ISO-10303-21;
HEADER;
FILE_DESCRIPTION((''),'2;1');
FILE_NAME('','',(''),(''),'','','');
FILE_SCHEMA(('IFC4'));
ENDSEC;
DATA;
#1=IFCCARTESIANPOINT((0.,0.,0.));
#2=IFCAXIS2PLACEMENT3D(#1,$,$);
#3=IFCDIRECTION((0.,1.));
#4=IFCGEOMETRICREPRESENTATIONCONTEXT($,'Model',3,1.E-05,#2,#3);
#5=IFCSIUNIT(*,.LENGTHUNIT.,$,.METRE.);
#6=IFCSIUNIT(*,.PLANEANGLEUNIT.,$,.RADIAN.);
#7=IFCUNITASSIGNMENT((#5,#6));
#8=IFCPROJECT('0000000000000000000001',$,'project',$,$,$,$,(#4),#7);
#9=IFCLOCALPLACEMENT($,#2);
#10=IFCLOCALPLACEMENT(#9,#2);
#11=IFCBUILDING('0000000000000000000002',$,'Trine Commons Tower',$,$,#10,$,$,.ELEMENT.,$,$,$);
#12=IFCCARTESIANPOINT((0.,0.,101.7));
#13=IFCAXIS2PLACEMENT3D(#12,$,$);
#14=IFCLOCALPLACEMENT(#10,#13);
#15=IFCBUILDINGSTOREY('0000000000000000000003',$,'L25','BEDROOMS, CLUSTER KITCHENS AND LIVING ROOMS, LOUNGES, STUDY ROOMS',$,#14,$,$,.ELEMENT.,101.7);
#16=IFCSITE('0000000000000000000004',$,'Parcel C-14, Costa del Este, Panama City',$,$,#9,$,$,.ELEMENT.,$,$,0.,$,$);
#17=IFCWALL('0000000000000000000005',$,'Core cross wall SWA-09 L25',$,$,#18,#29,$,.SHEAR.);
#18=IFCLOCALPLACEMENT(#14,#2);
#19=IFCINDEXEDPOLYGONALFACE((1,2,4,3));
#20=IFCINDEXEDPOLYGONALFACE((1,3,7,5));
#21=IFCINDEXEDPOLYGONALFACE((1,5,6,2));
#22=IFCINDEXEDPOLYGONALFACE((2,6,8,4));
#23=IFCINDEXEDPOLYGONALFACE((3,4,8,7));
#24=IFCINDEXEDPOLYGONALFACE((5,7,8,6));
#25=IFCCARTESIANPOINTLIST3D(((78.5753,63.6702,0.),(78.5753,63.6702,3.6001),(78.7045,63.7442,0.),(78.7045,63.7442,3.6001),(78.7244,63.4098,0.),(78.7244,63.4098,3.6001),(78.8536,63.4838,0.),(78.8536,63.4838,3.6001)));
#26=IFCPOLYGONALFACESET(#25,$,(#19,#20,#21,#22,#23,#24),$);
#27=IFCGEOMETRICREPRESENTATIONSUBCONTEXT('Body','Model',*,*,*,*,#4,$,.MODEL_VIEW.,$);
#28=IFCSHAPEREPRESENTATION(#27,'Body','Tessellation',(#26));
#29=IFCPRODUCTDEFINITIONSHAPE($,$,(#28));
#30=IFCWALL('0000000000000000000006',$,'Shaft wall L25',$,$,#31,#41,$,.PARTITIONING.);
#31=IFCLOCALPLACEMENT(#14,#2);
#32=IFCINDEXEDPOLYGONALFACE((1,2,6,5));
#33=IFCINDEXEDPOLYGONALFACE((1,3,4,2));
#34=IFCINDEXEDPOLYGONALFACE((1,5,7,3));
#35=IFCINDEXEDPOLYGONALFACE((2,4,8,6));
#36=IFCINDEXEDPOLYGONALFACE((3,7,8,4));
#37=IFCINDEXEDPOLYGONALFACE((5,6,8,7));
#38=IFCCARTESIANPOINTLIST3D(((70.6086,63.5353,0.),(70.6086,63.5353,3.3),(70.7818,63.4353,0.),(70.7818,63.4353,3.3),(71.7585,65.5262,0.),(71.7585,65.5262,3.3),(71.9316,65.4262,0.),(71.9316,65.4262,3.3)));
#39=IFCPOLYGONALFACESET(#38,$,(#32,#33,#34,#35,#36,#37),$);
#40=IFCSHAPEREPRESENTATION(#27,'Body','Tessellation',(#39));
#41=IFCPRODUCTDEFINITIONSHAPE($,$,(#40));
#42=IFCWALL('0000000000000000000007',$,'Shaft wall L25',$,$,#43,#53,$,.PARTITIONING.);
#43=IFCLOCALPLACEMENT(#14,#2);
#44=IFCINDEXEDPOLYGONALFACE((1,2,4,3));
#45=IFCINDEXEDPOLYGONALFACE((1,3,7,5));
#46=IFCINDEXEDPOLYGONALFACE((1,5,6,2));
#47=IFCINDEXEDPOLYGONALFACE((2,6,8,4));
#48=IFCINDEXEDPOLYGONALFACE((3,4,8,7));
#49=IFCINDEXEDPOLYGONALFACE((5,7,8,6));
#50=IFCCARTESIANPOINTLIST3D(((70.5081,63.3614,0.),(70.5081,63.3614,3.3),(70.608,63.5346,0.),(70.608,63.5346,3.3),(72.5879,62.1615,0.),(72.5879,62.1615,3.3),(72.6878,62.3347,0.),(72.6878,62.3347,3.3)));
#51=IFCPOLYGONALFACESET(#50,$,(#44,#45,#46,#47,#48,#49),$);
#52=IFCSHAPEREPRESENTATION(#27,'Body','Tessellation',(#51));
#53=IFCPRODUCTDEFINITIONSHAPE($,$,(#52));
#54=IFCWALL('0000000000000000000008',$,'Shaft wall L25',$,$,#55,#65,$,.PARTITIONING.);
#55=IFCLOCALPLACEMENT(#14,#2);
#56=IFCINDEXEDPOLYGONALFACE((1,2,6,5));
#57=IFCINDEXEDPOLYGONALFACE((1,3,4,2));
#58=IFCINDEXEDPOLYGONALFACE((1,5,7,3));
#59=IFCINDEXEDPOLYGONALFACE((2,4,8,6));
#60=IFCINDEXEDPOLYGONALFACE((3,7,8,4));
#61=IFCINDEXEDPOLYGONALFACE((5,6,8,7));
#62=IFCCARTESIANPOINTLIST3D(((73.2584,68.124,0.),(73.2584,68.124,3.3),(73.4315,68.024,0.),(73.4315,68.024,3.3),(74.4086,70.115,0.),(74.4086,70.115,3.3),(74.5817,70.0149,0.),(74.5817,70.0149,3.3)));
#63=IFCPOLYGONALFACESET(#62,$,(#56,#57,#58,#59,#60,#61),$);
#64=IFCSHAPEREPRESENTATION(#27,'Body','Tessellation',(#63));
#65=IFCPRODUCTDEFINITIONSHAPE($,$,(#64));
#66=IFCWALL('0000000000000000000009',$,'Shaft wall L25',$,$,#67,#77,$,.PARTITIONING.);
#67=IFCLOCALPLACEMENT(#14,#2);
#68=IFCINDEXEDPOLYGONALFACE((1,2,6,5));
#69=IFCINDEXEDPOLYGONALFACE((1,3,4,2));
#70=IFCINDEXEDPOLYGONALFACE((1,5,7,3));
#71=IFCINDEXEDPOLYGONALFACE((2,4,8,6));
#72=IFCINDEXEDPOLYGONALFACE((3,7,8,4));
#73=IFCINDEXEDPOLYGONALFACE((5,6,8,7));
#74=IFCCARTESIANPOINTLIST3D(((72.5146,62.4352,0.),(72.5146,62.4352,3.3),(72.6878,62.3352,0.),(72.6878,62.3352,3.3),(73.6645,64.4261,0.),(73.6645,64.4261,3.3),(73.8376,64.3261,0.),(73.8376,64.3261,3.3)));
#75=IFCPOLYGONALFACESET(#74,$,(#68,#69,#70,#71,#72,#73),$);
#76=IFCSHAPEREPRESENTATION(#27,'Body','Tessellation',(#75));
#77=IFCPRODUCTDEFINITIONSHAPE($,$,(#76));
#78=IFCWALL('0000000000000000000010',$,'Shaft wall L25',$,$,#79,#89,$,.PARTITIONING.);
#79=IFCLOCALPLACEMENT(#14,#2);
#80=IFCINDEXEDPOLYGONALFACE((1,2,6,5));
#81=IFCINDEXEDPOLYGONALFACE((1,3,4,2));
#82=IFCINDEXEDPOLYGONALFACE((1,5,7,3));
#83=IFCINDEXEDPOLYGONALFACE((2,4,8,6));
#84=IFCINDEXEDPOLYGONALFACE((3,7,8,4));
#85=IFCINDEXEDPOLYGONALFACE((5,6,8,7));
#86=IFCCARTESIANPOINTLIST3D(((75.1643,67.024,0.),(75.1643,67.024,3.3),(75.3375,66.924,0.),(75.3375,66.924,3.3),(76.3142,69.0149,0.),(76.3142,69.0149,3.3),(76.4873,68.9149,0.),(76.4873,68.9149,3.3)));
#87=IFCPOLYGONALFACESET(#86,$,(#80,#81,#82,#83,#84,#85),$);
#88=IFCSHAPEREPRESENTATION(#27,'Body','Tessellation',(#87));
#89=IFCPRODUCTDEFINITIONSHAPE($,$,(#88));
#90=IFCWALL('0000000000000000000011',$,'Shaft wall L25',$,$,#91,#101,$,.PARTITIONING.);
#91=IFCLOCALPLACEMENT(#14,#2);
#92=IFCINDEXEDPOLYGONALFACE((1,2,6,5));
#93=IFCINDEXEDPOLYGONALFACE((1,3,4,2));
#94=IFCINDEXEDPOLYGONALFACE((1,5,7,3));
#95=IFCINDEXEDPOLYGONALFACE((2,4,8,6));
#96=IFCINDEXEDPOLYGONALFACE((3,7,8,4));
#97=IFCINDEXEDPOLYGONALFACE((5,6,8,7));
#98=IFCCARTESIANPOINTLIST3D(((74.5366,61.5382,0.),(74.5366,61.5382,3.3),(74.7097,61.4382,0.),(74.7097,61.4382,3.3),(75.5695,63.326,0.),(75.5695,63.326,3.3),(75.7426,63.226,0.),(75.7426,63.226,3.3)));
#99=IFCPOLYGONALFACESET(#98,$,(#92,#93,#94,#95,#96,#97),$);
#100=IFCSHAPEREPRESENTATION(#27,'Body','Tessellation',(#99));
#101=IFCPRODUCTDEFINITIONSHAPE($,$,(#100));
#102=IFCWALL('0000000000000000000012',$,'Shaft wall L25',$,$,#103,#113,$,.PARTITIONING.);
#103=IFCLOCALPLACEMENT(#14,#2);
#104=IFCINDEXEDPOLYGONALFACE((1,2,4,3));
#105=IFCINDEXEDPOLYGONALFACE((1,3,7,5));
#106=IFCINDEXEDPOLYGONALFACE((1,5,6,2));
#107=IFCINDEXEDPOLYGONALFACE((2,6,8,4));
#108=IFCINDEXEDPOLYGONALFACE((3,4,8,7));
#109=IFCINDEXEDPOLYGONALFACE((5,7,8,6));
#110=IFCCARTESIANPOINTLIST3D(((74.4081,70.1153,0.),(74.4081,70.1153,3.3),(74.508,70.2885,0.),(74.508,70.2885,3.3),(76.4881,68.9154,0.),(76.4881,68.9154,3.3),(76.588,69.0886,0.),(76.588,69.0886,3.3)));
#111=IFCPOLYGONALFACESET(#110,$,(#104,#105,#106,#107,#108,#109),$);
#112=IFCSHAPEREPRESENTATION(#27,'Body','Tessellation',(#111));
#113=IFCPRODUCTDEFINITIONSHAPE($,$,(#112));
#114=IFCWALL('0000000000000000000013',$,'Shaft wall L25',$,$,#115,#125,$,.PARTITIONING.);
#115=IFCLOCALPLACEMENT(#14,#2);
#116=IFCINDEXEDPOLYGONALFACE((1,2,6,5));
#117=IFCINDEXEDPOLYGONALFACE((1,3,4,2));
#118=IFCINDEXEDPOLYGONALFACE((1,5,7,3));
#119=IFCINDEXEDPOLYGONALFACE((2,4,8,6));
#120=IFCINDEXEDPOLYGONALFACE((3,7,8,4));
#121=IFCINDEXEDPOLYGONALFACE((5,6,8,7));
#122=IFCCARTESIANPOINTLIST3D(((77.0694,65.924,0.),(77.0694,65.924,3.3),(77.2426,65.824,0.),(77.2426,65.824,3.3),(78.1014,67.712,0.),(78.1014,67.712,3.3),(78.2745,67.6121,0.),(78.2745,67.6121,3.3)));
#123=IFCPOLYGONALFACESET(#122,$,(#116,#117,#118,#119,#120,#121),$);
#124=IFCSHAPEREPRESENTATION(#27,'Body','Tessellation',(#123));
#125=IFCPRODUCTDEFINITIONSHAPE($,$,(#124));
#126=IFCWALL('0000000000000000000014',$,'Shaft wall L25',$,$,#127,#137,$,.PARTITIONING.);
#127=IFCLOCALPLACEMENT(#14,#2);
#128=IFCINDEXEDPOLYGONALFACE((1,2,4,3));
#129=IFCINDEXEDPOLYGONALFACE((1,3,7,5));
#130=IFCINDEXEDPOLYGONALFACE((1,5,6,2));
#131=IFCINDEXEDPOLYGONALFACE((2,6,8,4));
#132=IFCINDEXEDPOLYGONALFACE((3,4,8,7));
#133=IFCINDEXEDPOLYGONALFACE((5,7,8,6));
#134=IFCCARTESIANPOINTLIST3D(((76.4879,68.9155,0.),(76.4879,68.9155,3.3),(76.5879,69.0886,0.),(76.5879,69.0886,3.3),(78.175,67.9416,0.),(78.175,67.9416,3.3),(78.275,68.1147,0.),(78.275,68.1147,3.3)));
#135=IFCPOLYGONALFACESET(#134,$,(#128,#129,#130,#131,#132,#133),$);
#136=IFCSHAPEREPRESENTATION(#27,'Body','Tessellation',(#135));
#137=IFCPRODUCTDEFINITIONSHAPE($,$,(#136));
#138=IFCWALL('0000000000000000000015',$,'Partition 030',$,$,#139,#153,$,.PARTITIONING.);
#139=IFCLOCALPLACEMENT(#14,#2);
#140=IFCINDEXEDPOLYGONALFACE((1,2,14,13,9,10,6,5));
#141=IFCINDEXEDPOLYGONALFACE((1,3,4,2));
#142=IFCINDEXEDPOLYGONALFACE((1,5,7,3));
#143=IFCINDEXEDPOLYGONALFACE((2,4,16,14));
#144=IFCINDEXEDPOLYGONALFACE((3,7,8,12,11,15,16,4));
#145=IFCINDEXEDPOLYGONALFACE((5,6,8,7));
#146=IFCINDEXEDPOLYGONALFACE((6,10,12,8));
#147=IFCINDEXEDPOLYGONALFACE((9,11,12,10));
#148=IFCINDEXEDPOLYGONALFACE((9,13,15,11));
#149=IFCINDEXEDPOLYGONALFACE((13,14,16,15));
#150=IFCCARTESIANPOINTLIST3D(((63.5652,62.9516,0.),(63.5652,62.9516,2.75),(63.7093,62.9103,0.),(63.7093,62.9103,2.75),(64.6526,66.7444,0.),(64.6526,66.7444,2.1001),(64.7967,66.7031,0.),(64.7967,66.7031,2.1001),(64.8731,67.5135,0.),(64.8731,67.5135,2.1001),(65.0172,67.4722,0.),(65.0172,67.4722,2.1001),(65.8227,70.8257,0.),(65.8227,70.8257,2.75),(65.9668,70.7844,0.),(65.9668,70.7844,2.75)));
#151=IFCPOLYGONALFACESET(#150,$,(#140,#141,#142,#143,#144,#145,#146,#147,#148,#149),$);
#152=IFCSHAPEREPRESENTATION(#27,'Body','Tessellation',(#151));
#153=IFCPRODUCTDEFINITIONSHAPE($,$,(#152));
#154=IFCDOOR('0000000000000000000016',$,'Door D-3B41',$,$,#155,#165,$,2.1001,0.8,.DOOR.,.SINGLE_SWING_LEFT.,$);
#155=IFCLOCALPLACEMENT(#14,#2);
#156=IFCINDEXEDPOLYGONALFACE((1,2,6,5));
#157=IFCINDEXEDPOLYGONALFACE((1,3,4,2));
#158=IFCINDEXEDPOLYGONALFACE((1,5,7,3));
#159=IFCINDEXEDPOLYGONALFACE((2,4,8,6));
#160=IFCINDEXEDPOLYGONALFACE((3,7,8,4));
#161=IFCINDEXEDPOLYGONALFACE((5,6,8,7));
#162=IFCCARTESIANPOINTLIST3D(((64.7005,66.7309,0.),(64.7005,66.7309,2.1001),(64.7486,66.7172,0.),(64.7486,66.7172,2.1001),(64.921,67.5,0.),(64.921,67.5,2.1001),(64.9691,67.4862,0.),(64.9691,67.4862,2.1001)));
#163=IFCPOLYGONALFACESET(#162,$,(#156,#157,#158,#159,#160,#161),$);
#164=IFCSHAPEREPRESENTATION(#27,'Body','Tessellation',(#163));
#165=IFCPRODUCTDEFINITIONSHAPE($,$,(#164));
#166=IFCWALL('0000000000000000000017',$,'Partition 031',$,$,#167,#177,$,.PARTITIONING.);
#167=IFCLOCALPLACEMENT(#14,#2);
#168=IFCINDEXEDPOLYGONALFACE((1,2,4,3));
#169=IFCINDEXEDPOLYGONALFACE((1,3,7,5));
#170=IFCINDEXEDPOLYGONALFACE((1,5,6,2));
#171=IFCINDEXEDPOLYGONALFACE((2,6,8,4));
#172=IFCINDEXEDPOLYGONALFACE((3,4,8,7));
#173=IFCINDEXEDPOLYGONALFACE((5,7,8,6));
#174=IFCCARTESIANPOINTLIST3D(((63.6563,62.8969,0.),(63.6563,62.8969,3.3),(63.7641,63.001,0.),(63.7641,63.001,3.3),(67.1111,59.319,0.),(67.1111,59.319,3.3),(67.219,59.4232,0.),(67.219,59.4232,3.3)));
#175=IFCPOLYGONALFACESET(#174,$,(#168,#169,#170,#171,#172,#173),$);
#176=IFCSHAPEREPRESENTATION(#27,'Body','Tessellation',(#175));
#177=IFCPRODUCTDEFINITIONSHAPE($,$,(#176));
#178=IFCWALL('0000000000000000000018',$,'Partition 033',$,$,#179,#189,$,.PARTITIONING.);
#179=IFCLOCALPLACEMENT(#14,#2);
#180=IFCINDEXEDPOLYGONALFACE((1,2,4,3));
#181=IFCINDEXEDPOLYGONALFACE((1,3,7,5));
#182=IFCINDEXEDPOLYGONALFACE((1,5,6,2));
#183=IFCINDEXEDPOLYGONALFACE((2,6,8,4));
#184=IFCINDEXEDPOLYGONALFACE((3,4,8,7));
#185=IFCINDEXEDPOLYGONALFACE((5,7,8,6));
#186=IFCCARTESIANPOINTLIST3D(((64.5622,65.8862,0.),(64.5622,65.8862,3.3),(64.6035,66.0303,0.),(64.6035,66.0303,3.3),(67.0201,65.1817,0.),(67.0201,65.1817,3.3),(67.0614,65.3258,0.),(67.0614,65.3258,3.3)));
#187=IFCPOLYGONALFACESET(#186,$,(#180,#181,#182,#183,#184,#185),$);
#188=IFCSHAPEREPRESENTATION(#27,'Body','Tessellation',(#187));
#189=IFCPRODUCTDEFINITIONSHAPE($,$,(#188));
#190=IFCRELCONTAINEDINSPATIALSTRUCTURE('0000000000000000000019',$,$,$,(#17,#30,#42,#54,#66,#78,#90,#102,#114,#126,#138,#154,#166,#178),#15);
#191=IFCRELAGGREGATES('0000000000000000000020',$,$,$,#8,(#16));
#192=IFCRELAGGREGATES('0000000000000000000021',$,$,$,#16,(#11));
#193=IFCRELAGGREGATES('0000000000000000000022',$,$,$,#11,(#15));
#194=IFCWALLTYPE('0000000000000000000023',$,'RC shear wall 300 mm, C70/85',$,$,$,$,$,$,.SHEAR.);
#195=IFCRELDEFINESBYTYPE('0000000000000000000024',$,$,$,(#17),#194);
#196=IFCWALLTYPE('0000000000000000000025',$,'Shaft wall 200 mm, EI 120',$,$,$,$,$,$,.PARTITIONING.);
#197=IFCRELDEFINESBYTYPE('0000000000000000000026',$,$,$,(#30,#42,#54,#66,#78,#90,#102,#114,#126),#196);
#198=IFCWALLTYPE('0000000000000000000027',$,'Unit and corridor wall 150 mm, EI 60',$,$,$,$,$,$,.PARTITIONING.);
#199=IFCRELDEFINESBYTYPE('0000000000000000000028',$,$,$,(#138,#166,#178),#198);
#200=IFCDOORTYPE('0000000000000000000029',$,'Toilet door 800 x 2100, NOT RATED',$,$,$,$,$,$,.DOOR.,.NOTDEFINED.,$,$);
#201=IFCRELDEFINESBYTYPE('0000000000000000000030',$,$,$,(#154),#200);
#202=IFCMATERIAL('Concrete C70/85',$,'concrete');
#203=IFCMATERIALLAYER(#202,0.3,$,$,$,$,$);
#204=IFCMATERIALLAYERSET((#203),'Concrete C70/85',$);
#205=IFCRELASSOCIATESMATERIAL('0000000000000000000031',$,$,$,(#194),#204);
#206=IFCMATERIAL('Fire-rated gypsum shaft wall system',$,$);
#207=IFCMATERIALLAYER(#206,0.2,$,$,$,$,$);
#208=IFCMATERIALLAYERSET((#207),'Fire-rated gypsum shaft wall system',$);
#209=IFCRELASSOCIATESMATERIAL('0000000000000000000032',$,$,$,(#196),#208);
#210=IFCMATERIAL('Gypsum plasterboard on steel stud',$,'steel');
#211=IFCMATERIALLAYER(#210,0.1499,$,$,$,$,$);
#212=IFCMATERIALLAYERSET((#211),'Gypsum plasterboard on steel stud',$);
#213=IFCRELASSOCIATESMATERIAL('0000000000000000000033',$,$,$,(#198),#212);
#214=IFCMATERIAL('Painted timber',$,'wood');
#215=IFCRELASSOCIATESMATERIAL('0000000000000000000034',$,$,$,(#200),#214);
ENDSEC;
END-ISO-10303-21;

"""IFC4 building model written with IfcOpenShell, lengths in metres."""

from ifc_helpers import new_model, si_unit, direction, frame, frame_2d, origin, place, context, subcontext, project, spatial, rectangle, extrude, material, layer, layer_set, type_object, element, fill, save


model = new_model("IFC4")

# Units and contexts
model_context = context("Model", 3, precision=1e-05, world=origin(), true_north=direction((0.0, 1.0)))
body_context = subcontext(model_context, "Body", "Model", "MODEL_VIEW")
ifc_project = project(units=[si_unit("LENGTHUNIT", "METRE"), si_unit("PLANEANGLEUNIT", "RADIAN")], contexts=[model_context])

# Site, building, storey
site_placement = place(None, origin())
site = spatial("IfcSite", under=ifc_project, at=site_placement, Name="Parcel C-14, Costa del Este, Panama City", CompositionType="ELEMENT", RefElevation=0.0)
building_placement = place(site_placement, origin())
building = spatial("IfcBuilding", under=site, at=building_placement, Name="Trine Commons Tower", CompositionType="ELEMENT")
storey_placement = place(building_placement, frame((0.0, 0.0, 101.7)))
storey = spatial("IfcBuildingStorey", under=building, at=storey_placement, Name="L25", Description="BEDROOMS, CLUSTER KITCHENS AND LIVING ROOMS, LOUNGES, STUDY ROOMS", CompositionType="ELEMENT", Elevation=101.7)

# Shared definitions
ifc_material_1 = material(Name="Fire-rated gypsum shaft wall system")
ifc_material_2 = material(Name="Concrete C70/85", Category="concrete")
ifc_layer_1 = layer(ifc_material_2, 0.3)
ifc_layer_set_1 = layer_set([ifc_layer_1], Name="Concrete C70/85")
wall_type_1 = type_object("IfcWallType", Name="RC shear wall 300 mm, C70/85", PredefinedType="SHEAR", material=ifc_layer_set_1)

# Walls
wall_1_placement = place(storey_placement, frame((78.7791, 63.614, 0.0), z_axis=(0.0, 0.0, 1.0), x_axis=(-0.867738, -0.497022, 0.0)))
element("IfcWall", 1, at=wall_1_placement, inside=storey, type_object=wall_type_1, Name="Core cross wall SWA-09 L25", PredefinedType="SHEAR", context=body_context, shape_type="SweptSolid", body=[
    extrude(rectangle(XDim=0.1489, YDim=0.3, at=frame_2d((0.0745, 0.0))), origin(), (0.0, 0.0, 1.0), 3.6001),
])
ifc_layer_2 = layer(ifc_material_1, 0.2)
ifc_layer_set_2 = layer_set([ifc_layer_2], Name="Fire-rated gypsum shaft wall system")
wall_type_2 = type_object("IfcWallType", Name="Shaft wall 200 mm, EI 120", PredefinedType="PARTITIONING", material=ifc_layer_set_2)
wall_2_placement = place(storey_placement, frame((71.845, 65.4761, 0.0), z_axis=(0.0, 0.0, 1.0), x_axis=(-0.500136, -0.865947, 0.0)))
element("IfcWall", 2, at=wall_2_placement, inside=storey, type_object=wall_type_2, Name="Shaft wall L25", PredefinedType="PARTITIONING", context=body_context, shape_type="SweptSolid", body=[
    extrude(rectangle(XDim=2.2991, YDim=0.2, at=frame_2d((1.1494, 0.0))), origin(), (0.0, 0.0, 1.0), 3.3),
])
wall_3_placement = place(storey_placement, frame((72.6379, 62.248, 0.0), z_axis=(0.0, 0.0, 1.0), x_axis=(-0.866177, 0.499737, 0.0)))
element("IfcWall", 3, at=wall_3_placement, inside=storey, type_object=wall_type_2, Name="Shaft wall L25", PredefinedType="PARTITIONING", context=body_context, shape_type="SweptSolid", body=[
    extrude(rectangle(XDim=2.4011, YDim=0.2, at=frame_2d((1.2007, 0.0))), origin(), (0.0, 0.0, 1.0), 3.3),
])
wall_4_placement = place(storey_placement, frame((73.345, 68.074, 0.0), z_axis=(0.0, 0.0, 1.0), x_axis=(0.500216, 0.865901, 0.0)))
element("IfcWall", 4, at=wall_4_placement, inside=storey, type_object=wall_type_2, Name="Shaft wall L25", PredefinedType="PARTITIONING", context=body_context, shape_type="SweptSolid", body=[
    extrude(rectangle(XDim=2.2993, YDim=0.2, at=frame_2d((1.1497, 0.0))), origin(), (0.0, 0.0, 1.0), 3.3),
])
for number, where, z_axis, x_axis, name in (
    (5, (73.751, 64.376, 0.0), (0.0, 0.0, 1.0), (-0.500136, -0.865947, 0.0), "Shaft wall L25"),
    (6, (75.251, 66.9741, 0.0), (0.0, 0.0, 1.0), (0.500136, 0.865947, 0.0), "Shaft wall L25"),
):
    element("IfcWall", number, at=place(storey_placement, frame(where, z_axis=z_axis, x_axis=x_axis)), inside=storey, type_object=wall_type_2, Name=name, PredefinedType="PARTITIONING", context=body_context, shape_type="SweptSolid", body=[
        extrude(rectangle(XDim=2.2991, YDim=0.2, at=frame_2d((1.1494, 0.0))), origin(), (0.0, 0.0, 1.0), 3.3),
    ])
wall_5_placement = place(storey_placement, frame((75.656, 63.2759, 0.0), z_axis=(0.0, 0.0, 1.0), x_axis=(-0.500272, -0.865868, 0.0)))
element("IfcWall", 7, at=wall_5_placement, inside=storey, type_object=wall_type_2, Name="Shaft wall L25", PredefinedType="PARTITIONING", context=body_context, shape_type="SweptSolid", body=[
    extrude(rectangle(XDim=2.0647, YDim=0.2, at=frame_2d((1.0322, 0.0))), origin(), (0.0, 0.0, 1.0), 3.3),
])
wall_6_placement = place(storey_placement, frame((76.5381, 69.002, 0.0), z_axis=(0.0, 0.0, 1.0), x_axis=(-0.866203, 0.499693, 0.0)))
element("IfcWall", 8, at=wall_6_placement, inside=storey, type_object=wall_type_2, Name="Shaft wall L25", PredefinedType="PARTITIONING", context=body_context, shape_type="SweptSolid", body=[
    extrude(rectangle(XDim=2.4014, YDim=0.2, at=frame_2d((1.2007, 0.0))), origin(), (0.0, 0.0, 1.0), 3.3),
])
wall_7_placement = place(storey_placement, frame((77.156, 65.874, 0.0), z_axis=(0.0, 0.0, 1.0), x_axis=(0.499866, 0.866103, 0.0)))
element("IfcWall", 9, at=wall_7_placement, inside=storey, type_object=wall_type_2, Name="Shaft wall L25", PredefinedType="PARTITIONING", context=body_context, shape_type="SweptSolid", body=[
    extrude(rectangle(XDim=2.0645, YDim=0.2, at=frame_2d((1.0322, 0.0))), origin(), (0.0, 0.0, 1.0), 3.3),
])
wall_8_placement = place(storey_placement, frame((78.2251, 68.0281, 0.0), z_axis=(0.0, 0.0, 1.0), x_axis=(-0.866052, 0.499954, 0.0)))
element("IfcWall", 10, at=wall_8_placement, inside=storey, type_object=wall_type_2, Name="Shaft wall L25", PredefinedType="PARTITIONING", context=body_context, shape_type="SweptSolid", body=[
    extrude(rectangle(XDim=1.948, YDim=0.2, at=frame_2d((0.9741, 0.0))), origin(), (0.0, 0.0, 1.0), 3.3),
])

# Wall, opening, door
ifc_material_3 = material(Name="Gypsum plasterboard on steel stud", Category="steel")
ifc_layer_3 = layer(ifc_material_3, 0.1499)
ifc_layer_set_3 = layer_set([ifc_layer_3], Name="Gypsum plasterboard on steel stud")
wall_type_3 = type_object("IfcWallType", Name="Unit and corridor wall 150 mm, EI 60", PredefinedType="PARTITIONING", material=ifc_layer_set_3)
wall_9_placement = place(storey_placement, frame((63.6372, 62.9309, 0.0), z_axis=(0.0, 0.0, 1.0), x_axis=(0.275599, 0.961273, 0.0)))
wall_9 = element("IfcWall", 11, at=wall_9_placement, inside=storey, type_object=wall_type_3, Name="Partition 030", PredefinedType="PARTITIONING", context=body_context, shape_type="SweptSolid", body=[
    extrude(rectangle(XDim=8.1914, YDim=0.1499, at=frame_2d((4.0957, 0.0))), origin(), (0.0, 0.0, 1.0), 2.75),
])
opening_1_placement = place(wall_9_placement, frame((3.9458, 0.0, 0.0)))
opening_1 = element("IfcOpeningElement", 12, at=opening_1_placement, cuts=wall_9, PredefinedType="OPENING", context=body_context, shape_type="SweptSolid", body=[
    extrude(rectangle(XDim=0.8, YDim=2.1001, at=frame_2d((0.3999, 1.05))), frame((0.0, 0.085, 0.0), z_axis=(0.0, -1.0, 0.0), x_axis=(1.0, 0.0, 0.0)), (0.0, 0.0, 1.0), 0.1699),
])
ifc_material_4 = material(Name="Painted timber", Category="wood")
door_type_1 = type_object("IfcDoorType", Name="Toilet door 800 x 2100, NOT RATED", OperationType="NOTDEFINED", PredefinedType="DOOR", material=ifc_material_4)
door_1_placement = place(opening_1_placement, frame((0.8, 0.0, 0.0), z_axis=(0.0, 0.0, 1.0), x_axis=(-1.0, 0.0, 0.0)))
door_1 = element("IfcDoor", 13, at=door_1_placement, inside=storey, type_object=door_type_1, Name="Door D-3B41", OperationType="SINGLE_SWING_LEFT", OverallHeight=2.1001, OverallWidth=0.8, PredefinedType="DOOR", context=body_context, shape_type="SweptSolid", body=[
    extrude(rectangle(XDim=0.8, YDim=2.1001, at=frame_2d((0.3999, 1.05))), frame((0.0, 0.0249, 0.0), z_axis=(0.0, -1.0, 0.0), x_axis=(1.0, 0.0, 0.0)), (0.0, 0.0, 1.0), 0.05),
])
fill(opening_1, door_1)

# Walls
wall_10_placement = place(storey_placement, frame((63.7102, 62.949, 0.0), z_axis=(0.0, 0.0, 1.0), x_axis=(0.694629, -0.719368, 0.0)))
element("IfcWall", 14, at=wall_10_placement, inside=storey, type_object=wall_type_3, Name="Partition 031", PredefinedType="PARTITIONING", context=body_context, shape_type="SweptSolid", body=[
    extrude(rectangle(XDim=4.9736, YDim=0.1499, at=frame_2d((2.4868, 0.0))), origin(), (0.0, 0.0, 1.0), 3.3),
])
wall_11_placement = place(storey_placement, frame((64.583, 65.9583, 0.0), z_axis=(0.0, 0.0, 1.0), x_axis=(0.961286, -0.275553, 0.0)))
element("IfcWall", 15, at=wall_11_placement, inside=storey, type_object=wall_type_3, Name="Partition 033", PredefinedType="PARTITIONING", context=body_context, shape_type="SweptSolid", body=[
    extrude(rectangle(XDim=2.5569, YDim=0.1499, at=frame_2d((1.2783, 0.0))), origin(), (0.0, 0.0, 1.0), 3.3),
])

save(model, "model.ifc")
